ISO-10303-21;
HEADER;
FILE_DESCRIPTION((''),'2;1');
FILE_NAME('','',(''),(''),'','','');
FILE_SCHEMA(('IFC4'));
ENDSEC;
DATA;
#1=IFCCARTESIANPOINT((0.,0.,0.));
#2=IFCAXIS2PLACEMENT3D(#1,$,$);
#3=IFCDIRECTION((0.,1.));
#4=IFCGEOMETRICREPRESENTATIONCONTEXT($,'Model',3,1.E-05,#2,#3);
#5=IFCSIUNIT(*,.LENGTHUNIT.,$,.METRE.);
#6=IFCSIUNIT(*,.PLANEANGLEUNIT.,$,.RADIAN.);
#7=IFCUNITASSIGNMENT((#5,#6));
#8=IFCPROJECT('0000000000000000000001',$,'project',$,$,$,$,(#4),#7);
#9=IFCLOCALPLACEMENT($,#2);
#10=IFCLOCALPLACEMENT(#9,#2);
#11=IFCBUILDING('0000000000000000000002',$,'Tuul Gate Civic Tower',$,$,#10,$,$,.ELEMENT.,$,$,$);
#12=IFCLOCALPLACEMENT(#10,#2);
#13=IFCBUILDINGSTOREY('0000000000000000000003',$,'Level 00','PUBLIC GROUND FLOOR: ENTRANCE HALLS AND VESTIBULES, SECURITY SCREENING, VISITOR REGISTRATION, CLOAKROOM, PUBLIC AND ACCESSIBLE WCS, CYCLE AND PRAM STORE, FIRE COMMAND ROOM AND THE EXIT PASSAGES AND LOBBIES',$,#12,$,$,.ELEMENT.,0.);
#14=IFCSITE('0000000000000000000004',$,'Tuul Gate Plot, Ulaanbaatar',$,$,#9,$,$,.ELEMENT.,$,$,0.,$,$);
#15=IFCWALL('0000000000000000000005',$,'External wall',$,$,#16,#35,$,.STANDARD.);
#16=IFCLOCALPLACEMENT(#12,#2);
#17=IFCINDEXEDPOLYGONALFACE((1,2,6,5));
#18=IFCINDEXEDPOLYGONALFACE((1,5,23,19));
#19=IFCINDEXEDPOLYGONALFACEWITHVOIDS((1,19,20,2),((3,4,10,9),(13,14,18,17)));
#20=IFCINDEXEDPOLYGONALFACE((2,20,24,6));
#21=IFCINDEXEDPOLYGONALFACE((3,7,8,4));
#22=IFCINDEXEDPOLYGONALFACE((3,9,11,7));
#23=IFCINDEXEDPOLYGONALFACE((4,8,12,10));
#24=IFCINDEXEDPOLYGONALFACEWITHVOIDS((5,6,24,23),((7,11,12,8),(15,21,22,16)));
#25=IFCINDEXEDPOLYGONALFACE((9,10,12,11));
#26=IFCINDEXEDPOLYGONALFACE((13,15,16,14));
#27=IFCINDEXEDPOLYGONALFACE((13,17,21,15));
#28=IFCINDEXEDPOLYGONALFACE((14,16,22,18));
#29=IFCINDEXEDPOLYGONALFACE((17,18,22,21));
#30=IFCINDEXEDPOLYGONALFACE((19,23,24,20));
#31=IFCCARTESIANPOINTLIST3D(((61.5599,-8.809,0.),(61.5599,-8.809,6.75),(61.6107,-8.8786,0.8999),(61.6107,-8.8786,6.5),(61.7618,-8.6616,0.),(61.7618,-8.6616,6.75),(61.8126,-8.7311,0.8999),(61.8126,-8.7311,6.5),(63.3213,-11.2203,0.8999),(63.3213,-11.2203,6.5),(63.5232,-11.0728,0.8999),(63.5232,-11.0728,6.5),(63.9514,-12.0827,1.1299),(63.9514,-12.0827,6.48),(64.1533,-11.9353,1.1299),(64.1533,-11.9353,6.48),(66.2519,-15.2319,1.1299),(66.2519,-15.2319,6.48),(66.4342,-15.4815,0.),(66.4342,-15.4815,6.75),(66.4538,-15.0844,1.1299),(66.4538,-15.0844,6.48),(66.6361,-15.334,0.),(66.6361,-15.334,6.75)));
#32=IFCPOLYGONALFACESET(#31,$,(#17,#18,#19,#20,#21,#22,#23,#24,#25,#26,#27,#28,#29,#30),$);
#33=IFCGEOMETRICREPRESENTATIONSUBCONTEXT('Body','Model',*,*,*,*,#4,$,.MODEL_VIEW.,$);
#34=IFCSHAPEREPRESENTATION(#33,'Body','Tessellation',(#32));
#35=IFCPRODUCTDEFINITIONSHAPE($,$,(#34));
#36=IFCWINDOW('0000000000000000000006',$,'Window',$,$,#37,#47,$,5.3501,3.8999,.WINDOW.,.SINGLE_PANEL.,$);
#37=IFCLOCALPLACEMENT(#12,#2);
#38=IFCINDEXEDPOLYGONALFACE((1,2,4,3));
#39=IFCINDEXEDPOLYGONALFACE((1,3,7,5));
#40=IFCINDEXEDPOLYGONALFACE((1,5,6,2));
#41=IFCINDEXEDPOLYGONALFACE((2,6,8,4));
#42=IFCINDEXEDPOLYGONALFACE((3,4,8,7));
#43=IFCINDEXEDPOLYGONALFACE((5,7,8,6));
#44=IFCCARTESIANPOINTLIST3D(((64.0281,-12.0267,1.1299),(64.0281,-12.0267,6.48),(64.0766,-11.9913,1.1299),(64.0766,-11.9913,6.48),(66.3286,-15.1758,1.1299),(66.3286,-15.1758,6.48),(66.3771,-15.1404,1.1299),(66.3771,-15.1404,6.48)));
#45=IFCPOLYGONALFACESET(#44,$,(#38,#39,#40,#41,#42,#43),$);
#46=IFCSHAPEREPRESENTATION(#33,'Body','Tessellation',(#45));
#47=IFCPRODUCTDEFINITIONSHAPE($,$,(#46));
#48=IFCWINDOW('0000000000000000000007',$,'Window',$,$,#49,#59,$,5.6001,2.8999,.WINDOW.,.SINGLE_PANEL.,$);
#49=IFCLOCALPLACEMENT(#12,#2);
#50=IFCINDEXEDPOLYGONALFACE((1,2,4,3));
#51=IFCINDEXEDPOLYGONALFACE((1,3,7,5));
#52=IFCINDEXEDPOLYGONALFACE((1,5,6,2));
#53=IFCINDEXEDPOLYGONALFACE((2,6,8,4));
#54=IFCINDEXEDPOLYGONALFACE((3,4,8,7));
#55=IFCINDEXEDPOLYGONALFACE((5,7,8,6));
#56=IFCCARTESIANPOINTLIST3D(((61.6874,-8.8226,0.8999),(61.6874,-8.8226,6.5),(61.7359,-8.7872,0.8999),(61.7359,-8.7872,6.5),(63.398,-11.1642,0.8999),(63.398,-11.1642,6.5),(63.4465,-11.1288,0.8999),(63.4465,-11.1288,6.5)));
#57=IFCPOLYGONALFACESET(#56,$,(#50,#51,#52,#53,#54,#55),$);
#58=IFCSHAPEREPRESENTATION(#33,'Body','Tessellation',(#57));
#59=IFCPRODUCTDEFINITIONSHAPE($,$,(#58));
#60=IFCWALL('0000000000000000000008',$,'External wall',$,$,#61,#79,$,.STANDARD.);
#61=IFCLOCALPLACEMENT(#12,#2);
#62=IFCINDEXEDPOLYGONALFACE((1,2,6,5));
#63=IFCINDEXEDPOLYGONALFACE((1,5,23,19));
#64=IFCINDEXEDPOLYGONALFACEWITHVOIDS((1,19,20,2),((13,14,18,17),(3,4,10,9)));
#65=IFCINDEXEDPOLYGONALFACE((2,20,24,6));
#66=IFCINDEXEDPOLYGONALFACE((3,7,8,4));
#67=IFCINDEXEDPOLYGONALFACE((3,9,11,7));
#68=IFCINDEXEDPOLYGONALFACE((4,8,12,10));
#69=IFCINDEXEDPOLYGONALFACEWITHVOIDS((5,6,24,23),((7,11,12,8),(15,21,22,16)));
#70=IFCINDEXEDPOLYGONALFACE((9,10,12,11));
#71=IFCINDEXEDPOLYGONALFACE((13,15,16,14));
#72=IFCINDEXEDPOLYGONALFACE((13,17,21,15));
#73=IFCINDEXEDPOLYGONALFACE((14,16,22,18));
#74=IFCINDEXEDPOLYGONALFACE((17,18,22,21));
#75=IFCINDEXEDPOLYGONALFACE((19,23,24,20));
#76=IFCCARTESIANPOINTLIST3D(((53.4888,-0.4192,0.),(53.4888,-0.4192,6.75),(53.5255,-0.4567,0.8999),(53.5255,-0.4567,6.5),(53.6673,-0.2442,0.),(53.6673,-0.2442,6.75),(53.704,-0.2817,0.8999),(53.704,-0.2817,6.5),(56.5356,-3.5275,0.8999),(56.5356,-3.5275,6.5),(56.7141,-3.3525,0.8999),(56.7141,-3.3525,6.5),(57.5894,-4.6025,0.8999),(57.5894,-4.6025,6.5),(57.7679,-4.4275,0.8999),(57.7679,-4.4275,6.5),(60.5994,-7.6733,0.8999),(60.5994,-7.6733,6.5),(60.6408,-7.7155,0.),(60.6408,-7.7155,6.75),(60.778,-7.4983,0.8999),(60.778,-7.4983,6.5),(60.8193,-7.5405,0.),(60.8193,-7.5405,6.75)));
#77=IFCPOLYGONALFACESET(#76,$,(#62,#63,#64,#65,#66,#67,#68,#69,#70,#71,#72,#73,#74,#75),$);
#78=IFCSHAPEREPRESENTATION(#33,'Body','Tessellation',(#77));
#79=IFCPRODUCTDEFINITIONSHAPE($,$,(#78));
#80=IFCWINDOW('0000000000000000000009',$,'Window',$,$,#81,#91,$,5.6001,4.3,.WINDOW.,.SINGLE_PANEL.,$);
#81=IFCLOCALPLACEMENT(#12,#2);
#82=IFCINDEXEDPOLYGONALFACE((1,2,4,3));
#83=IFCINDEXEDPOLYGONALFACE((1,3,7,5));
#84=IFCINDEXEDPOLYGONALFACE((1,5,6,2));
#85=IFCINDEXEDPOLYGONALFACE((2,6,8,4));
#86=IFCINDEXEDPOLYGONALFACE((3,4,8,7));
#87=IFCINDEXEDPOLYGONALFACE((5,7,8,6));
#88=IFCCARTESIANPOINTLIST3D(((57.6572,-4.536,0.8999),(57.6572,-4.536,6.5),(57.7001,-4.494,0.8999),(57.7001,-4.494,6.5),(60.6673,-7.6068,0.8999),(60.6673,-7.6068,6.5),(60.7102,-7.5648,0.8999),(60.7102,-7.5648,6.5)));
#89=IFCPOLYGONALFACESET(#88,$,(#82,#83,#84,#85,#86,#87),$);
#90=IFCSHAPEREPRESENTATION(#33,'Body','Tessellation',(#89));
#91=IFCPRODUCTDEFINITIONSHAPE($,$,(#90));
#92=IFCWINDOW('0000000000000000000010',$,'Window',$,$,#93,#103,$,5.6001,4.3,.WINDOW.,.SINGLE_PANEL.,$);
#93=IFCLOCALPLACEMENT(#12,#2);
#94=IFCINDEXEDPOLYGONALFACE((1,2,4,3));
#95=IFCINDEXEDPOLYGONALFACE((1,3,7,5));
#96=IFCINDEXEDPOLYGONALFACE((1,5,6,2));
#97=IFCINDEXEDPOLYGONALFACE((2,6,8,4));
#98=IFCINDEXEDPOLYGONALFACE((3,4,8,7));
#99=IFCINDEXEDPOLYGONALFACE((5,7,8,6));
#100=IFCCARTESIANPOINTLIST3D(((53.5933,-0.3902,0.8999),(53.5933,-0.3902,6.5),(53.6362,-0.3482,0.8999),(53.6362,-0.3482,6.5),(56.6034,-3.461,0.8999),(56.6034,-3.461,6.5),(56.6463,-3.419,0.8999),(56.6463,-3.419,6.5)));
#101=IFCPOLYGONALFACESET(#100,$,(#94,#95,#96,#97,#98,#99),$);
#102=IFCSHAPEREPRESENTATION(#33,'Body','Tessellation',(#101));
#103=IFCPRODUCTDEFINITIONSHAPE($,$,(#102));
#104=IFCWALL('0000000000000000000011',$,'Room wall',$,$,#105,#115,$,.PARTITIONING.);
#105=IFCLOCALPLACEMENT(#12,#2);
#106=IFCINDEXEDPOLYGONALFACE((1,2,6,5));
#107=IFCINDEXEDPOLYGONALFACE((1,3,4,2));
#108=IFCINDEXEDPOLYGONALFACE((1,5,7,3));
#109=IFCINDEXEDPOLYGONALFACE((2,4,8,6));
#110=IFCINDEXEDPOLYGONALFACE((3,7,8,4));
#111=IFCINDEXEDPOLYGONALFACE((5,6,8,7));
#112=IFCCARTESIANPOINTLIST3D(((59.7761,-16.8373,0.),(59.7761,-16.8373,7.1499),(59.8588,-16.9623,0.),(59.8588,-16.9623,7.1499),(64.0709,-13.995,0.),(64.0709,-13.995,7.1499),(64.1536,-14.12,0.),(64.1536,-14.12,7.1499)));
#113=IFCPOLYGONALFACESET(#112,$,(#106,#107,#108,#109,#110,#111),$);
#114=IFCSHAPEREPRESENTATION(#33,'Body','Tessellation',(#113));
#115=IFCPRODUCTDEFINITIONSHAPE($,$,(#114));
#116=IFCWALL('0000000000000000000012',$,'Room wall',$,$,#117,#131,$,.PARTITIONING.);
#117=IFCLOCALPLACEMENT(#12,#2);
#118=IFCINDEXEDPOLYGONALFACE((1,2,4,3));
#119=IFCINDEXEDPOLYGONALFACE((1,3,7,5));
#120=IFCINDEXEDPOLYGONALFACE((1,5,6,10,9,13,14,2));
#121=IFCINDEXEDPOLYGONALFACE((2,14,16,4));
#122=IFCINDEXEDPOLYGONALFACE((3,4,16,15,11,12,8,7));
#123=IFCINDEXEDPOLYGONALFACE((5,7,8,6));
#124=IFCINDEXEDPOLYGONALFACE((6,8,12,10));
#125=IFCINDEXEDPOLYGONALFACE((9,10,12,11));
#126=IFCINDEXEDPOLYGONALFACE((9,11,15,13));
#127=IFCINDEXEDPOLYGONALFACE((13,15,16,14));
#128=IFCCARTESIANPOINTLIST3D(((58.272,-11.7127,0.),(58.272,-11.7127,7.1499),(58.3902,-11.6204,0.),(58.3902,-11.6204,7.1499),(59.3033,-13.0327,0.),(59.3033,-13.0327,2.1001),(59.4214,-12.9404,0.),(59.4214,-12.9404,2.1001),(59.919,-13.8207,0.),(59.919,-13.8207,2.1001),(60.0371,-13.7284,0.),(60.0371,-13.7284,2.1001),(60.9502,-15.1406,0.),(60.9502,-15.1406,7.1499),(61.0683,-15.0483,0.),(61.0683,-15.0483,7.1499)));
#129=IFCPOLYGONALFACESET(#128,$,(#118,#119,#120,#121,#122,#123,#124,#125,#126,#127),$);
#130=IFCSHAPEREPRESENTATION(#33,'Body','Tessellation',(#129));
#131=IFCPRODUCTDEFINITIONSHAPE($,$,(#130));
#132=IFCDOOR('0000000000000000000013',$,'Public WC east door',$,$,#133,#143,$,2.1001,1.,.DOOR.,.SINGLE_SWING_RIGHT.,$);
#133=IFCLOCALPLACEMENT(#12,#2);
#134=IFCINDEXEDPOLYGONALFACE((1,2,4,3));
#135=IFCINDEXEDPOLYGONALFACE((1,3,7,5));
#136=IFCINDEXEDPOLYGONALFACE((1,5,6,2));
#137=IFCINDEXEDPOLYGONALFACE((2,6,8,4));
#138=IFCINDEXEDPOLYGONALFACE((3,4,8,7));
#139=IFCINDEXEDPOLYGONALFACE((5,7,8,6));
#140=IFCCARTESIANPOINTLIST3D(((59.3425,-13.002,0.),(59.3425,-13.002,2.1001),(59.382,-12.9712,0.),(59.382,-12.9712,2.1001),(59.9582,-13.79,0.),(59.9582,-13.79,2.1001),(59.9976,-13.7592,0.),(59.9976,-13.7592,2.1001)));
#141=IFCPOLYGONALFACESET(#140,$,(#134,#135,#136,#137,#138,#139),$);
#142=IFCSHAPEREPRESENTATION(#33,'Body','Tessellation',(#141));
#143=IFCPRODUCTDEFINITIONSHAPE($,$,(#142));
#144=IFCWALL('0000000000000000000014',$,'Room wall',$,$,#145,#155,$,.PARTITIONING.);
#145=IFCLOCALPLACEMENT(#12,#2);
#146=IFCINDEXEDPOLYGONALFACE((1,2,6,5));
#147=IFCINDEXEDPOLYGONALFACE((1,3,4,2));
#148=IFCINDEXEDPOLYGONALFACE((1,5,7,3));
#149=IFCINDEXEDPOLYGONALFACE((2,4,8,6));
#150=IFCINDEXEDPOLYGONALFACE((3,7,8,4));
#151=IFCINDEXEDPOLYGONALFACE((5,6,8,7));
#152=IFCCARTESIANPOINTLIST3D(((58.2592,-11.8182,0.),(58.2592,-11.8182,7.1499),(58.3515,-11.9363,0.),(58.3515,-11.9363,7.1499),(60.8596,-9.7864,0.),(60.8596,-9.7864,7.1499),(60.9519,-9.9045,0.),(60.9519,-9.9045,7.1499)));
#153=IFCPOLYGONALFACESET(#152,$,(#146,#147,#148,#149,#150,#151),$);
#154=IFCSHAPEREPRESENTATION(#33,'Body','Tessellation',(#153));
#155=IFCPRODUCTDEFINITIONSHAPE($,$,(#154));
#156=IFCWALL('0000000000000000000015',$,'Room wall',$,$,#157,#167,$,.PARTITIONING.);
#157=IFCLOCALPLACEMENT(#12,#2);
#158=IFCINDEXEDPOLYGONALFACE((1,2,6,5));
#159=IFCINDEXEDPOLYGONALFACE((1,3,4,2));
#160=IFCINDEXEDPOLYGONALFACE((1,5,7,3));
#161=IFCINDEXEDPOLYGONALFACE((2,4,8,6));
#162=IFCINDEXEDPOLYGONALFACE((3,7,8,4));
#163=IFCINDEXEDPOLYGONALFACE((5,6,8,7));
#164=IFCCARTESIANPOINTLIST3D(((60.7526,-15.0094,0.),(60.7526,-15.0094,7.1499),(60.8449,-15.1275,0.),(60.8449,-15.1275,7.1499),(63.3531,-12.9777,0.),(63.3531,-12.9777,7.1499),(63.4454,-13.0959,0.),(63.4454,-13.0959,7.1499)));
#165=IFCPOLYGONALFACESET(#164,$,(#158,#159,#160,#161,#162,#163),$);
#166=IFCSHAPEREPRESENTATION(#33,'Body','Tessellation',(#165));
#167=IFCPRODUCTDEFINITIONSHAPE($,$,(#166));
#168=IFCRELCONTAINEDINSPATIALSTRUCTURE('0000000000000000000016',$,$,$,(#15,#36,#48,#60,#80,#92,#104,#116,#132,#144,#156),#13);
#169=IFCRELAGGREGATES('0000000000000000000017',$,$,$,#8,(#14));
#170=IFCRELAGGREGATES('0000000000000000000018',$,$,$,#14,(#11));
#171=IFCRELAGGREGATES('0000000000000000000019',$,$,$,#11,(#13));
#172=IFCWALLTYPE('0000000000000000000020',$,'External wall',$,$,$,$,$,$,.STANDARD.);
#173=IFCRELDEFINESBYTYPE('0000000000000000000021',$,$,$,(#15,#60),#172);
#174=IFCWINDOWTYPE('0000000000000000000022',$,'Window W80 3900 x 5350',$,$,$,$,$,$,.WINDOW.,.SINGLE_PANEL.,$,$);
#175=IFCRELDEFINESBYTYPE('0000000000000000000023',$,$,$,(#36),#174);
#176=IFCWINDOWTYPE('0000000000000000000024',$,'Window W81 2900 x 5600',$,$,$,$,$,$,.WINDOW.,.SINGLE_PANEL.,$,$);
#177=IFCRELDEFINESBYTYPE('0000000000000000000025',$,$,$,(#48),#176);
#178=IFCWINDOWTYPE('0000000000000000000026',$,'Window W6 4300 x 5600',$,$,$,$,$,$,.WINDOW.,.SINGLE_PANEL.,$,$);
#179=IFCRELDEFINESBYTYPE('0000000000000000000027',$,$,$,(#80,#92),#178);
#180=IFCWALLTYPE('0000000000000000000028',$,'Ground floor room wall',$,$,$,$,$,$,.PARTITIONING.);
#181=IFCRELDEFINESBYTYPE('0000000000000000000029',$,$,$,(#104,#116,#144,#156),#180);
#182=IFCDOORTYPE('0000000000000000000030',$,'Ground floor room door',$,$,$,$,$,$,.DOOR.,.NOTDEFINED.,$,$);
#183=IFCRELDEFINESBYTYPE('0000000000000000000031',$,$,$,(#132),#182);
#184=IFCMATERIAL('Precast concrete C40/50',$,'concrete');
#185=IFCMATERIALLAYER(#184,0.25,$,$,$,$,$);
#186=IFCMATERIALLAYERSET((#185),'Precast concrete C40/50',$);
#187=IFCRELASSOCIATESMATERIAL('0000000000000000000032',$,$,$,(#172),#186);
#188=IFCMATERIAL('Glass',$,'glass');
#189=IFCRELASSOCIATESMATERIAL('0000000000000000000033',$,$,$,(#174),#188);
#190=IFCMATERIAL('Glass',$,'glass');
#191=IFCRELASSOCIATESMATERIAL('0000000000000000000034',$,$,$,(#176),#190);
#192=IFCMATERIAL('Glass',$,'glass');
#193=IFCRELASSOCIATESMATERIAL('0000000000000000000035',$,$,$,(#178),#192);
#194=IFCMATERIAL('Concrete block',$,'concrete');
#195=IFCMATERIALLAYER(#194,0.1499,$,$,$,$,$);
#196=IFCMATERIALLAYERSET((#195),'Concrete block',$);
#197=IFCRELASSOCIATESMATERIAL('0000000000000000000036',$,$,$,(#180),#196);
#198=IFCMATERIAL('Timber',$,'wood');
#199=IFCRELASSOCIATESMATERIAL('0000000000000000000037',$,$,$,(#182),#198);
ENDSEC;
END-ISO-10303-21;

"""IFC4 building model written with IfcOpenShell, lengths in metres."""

from ifc_helpers import new_model, si_unit, direction, frame, frame_2d, origin, place, context, subcontext, project, spatial, rectangle, extrude, material, layer, layer_set, type_object, element, fill, save


model = new_model("IFC4")

# Units and contexts
model_context = context("Model", 3, precision=1e-05, world=origin(), true_north=direction((0.0, 1.0)))
body_context = subcontext(model_context, "Body", "Model", "MODEL_VIEW")
ifc_project = project(units=[si_unit("LENGTHUNIT", "METRE"), si_unit("PLANEANGLEUNIT", "RADIAN")], contexts=[model_context])

# Site, building, storey
site_placement = place(None, origin())
site = spatial("IfcSite", under=ifc_project, at=site_placement, Name="Tuul Gate Plot, Ulaanbaatar", CompositionType="ELEMENT", RefElevation=0.0)
building_placement = place(site_placement, origin())
building = spatial("IfcBuilding", under=site, at=building_placement, Name="Tuul Gate Civic Tower", CompositionType="ELEMENT")
storey_placement = place(building_placement, origin())
storey = spatial("IfcBuildingStorey", under=building, at=storey_placement, Name="Level 00", Description="PUBLIC GROUND FLOOR: ENTRANCE HALLS AND VESTIBULES, SECURITY SCREENING, VISITOR REGISTRATION, CLOAKROOM, PUBLIC AND ACCESSIBLE WCS, CYCLE AND PRAM STORE, FIRE COMMAND ROOM AND THE EXIT PASSAGES AND LOBBIES", CompositionType="ELEMENT", Elevation=0.0)

# Walls, openings, windows
ifc_material_1 = material(Name="Precast concrete C40/50", Category="concrete")
ifc_layer_1 = layer(ifc_material_1, 0.25)
ifc_layer_set_1 = layer_set([ifc_layer_1], Name="Precast concrete C40/50")
wall_type_1 = type_object("IfcWallType", Name="External wall", PredefinedType="STANDARD", material=ifc_layer_set_1)
wall_1_placement = place(storey_placement, frame((66.5352, -15.4077, 0.0), z_axis=(0.0, 0.0, 1.0), x_axis=(-0.589883, 0.807489, 0.0)))
wall_1 = element("IfcWall", 1, at=wall_1_placement, inside=storey, type_object=wall_type_1, Name="External wall", PredefinedType="STANDARD", context=body_context, shape_type="SweptSolid", body=[
    extrude(rectangle(XDim=8.2632, YDim=0.25, at=frame_2d((4.1316, 0.0))), origin(), (0.0, 0.0, 1.0), 6.75),
])
opening_1_placement = place(wall_1_placement, frame((0.3091, 0.0, 1.1299)))
opening_1 = element("IfcOpeningElement", 2, at=opening_1_placement, cuts=wall_1, PredefinedType="OPENING", context=body_context, shape_type="SweptSolid", body=[
    extrude(rectangle(XDim=3.8999, YDim=5.3501, at=frame_2d((1.95, 2.675))), frame((0.0, 0.135, 0.0), z_axis=(0.0, -1.0, 0.0), x_axis=(1.0, 0.0, 0.0)), (0.0, 0.0, 1.0), 0.27),
])
opening_2_placement = place(wall_1_placement, frame((5.2771, 0.0, 0.8999)))
opening_2 = element("IfcOpeningElement", 3, at=opening_2_placement, cuts=wall_1, PredefinedType="OPENING", context=body_context, shape_type="SweptSolid", body=[
    extrude(rectangle(XDim=2.8999, YDim=5.6001, at=frame_2d((1.45, 2.8))), frame((0.0, 0.135, 0.0), z_axis=(0.0, -1.0, 0.0), x_axis=(1.0, 0.0, 0.0)), (0.0, 0.0, 1.0), 0.27),
])
ifc_material_2 = material(Name="Glass", Category="glass")
window_type_1 = type_object("IfcWindowType", Name="Window W80 3900 x 5350", PartitioningType="SINGLE_PANEL", PredefinedType="WINDOW", material=ifc_material_2)
window_1_placement = place(opening_1_placement, origin())
window_1 = element("IfcWindow", 4, at=window_1_placement, inside=storey, type_object=window_type_1, Name="Window", OverallHeight=5.3501, OverallWidth=3.8999, PartitioningType="SINGLE_PANEL", PredefinedType="WINDOW", context=body_context, shape_type="SweptSolid", body=[
    extrude(rectangle(XDim=3.8999, YDim=5.3501, at=frame_2d((1.95, 2.675))), frame((0.0, 0.03, 0.0), z_axis=(0.0, -1.0, 0.0), x_axis=(1.0, 0.0, 0.0)), (0.0, 0.0, 1.0), 0.0601),
])
fill(opening_1, window_1)
ifc_material_3 = material(Name="Glass", Category="glass")
window_type_2 = type_object("IfcWindowType", Name="Window W81 2900 x 5600", PartitioningType="SINGLE_PANEL", PredefinedType="WINDOW", material=ifc_material_3)
window_2_placement = place(opening_2_placement, origin())
window_2 = element("IfcWindow", 5, at=window_2_placement, inside=storey, type_object=window_type_2, Name="Window", OverallHeight=5.6001, OverallWidth=2.8999, PartitioningType="SINGLE_PANEL", PredefinedType="WINDOW", context=body_context, shape_type="SweptSolid", body=[
    extrude(rectangle(XDim=2.8999, YDim=5.6001, at=frame_2d((1.45, 2.8))), frame((0.0, 0.03, 0.0), z_axis=(0.0, -1.0, 0.0), x_axis=(1.0, 0.0, 0.0)), (0.0, 0.0, 1.0), 0.0601),
])
fill(opening_2, window_2)
wall_2_placement = place(storey_placement, frame((60.73, -7.6279, 0.0), z_axis=(0.0, 0.0, 1.0), x_axis=(-0.70001, 0.714133, 0.0)))
wall_2 = element("IfcWall", 6, at=wall_2_placement, inside=storey, type_object=wall_type_1, Name="External wall", PredefinedType="STANDARD", context=body_context, shape_type="SweptSolid", body=[
    extrude(rectangle(XDim=10.217, YDim=0.25, at=frame_2d((5.1084, 0.0))), origin(), (0.0, 0.0, 1.0), 6.75),
])
opening_3_placement = place(wall_2_placement, frame((0.0591, 0.0, 0.8999)))
opening_3 = element("IfcOpeningElement", 7, at=opening_3_placement, cuts=wall_2, PredefinedType="OPENING", context=body_context, shape_type="SweptSolid", body=[
    extrude(rectangle(XDim=4.3, YDim=5.6001, at=frame_2d((2.1499, 2.8))), frame((0.0, 0.135, 0.0), z_axis=(0.0, -1.0, 0.0), x_axis=(1.0, 0.0, 0.0)), (0.0, 0.0, 1.0), 0.27),
])
opening_4_placement = place(wall_2_placement, frame((5.8645, 0.0, 0.8999)))
opening_4 = element("IfcOpeningElement", 8, at=opening_4_placement, cuts=wall_2, PredefinedType="OPENING", context=body_context, shape_type="SweptSolid", body=[
    extrude(rectangle(XDim=4.3, YDim=5.6001, at=frame_2d((2.1499, 2.8))), frame((0.0, 0.135, 0.0), z_axis=(0.0, -1.0, 0.0), x_axis=(1.0, 0.0, 0.0)), (0.0, 0.0, 1.0), 0.27),
])
ifc_material_4 = material(Name="Glass", Category="glass")
window_type_3 = type_object("IfcWindowType", Name="Window W6 4300 x 5600", PartitioningType="SINGLE_PANEL", PredefinedType="WINDOW", material=ifc_material_4)
window_3_placement = place(opening_3_placement, origin())
window_3 = element("IfcWindow", 9, at=window_3_placement, inside=storey, type_object=window_type_3, Name="Window", OverallHeight=5.6001, OverallWidth=4.3, PartitioningType="SINGLE_PANEL", PredefinedType="WINDOW", context=body_context, shape_type="SweptSolid", body=[
    extrude(rectangle(XDim=4.3, YDim=5.6001, at=frame_2d((2.1499, 2.8))), frame((0.0, 0.03, 0.0), z_axis=(0.0, -1.0, 0.0), x_axis=(1.0, 0.0, 0.0)), (0.0, 0.0, 1.0), 0.0601),
])
fill(opening_3, window_3)
window_4_placement = place(opening_4_placement, origin())
window_4 = element("IfcWindow", 10, at=window_4_placement, inside=storey, type_object=window_type_3, Name="Window", OverallHeight=5.6001, OverallWidth=4.3, PartitioningType="SINGLE_PANEL", PredefinedType="WINDOW", context=body_context, shape_type="SweptSolid", body=[
    extrude(rectangle(XDim=4.3, YDim=5.6001, at=frame_2d((2.1499, 2.8))), frame((0.0, 0.03, 0.0), z_axis=(0.0, -1.0, 0.0), x_axis=(1.0, 0.0, 0.0)), (0.0, 0.0, 1.0), 0.0601),
])
fill(opening_4, window_4)

# Wall
ifc_material_5 = material(Name="Concrete block", Category="concrete")
ifc_layer_2 = layer(ifc_material_5, 0.1499)
ifc_layer_set_2 = layer_set([ifc_layer_2], Name="Concrete block")
wall_type_2 = type_object("IfcWallType", Name="Ground floor room wall", PredefinedType="PARTITIONING", material=ifc_layer_set_2)
wall_3_placement = place(storey_placement, frame((59.8174, -16.8999, 0.0), z_axis=(0.0, 0.0, 1.0), x_axis=(0.833913, 0.551896, 0.0)))
element("IfcWall", 11, at=wall_3_placement, inside=storey, type_object=wall_type_2, Name="Room wall", PredefinedType="PARTITIONING", context=body_context, shape_type="SweptSolid", body=[
    extrude(rectangle(XDim=5.1501, YDim=0.1499, at=frame_2d((2.5752, 0.0))), origin(), (0.0, 0.0, 1.0), 7.1499),
])

# Wall, opening, door
wall_4_placement = place(storey_placement, frame((61.0093, -15.0945, 0.0), z_axis=(0.0, 0.0, 1.0), x_axis=(-0.61566, 0.788012, 0.0)))
wall_4 = element("IfcWall", 12, at=wall_4_placement, inside=storey, type_object=wall_type_2, Name="Room wall", PredefinedType="PARTITIONING", context=body_context, shape_type="SweptSolid", body=[
    extrude(rectangle(XDim=4.3501, YDim=0.1499, at=frame_2d((2.175, 0.0))), origin(), (0.0, 0.0, 1.0), 7.1499),
])
opening_5_placement = place(wall_4_placement, frame((1.675, 0.0, 0.0)))
opening_5 = element("IfcOpeningElement", 13, at=opening_5_placement, cuts=wall_4, PredefinedType="OPENING", context=body_context, shape_type="SweptSolid", body=[
    extrude(rectangle(XDim=1.0, YDim=2.1001, at=frame_2d((0.5, 1.05))), frame((0.0, 0.085, 0.0), z_axis=(0.0, -1.0, 0.0), x_axis=(1.0, 0.0, 0.0)), (0.0, 0.0, 1.0), 0.1699),
])
ifc_material_6 = material(Name="Timber", Category="wood")
door_type_1 = type_object("IfcDoorType", Name="Ground floor room door", OperationType="NOTDEFINED", PredefinedType="DOOR", material=ifc_material_6)
door_1_placement = place(opening_5_placement, frame((1.0, 0.0, 0.0), z_axis=(0.0, 0.0, 1.0), x_axis=(-1.0, 0.0, 0.0)))
door_1 = element("IfcDoor", 14, at=door_1_placement, inside=storey, type_object=door_type_1, Name="Public WC east door", OperationType="SINGLE_SWING_RIGHT", OverallHeight=2.1001, OverallWidth=1.0, PredefinedType="DOOR", context=body_context, shape_type="SweptSolid", body=[
    extrude(rectangle(XDim=1.0, YDim=2.1001, at=frame_2d((0.5, 1.05))), frame((0.0, 0.0249, 0.0), z_axis=(0.0, -1.0, 0.0), x_axis=(1.0, 0.0, 0.0)), (0.0, 0.0, 1.0), 0.05),
])
fill(opening_5, door_1)

# Walls
for number, where, z_axis, x_axis, name in (
    (15, (58.3054, -11.8772, 0.0), (0.0, 0.0, 1.0), (0.787992, 0.615686, 0.0), "Room wall"),
    (16, (63.3992, -13.0369, 0.0), (0.0, 0.0, 1.0), (-0.78802, -0.61565, 0.0), "Room wall"),
):
    element("IfcWall", number, at=place(storey_placement, frame(where, z_axis=z_axis, x_axis=x_axis)), inside=storey, type_object=wall_type_2, Name=name, PredefinedType="PARTITIONING", context=body_context, shape_type="SweptSolid", body=[
        extrude(rectangle(XDim=3.3, YDim=0.1499, at=frame_2d((1.6499, 0.0))), origin(), (0.0, 0.0, 1.0), 7.1499),
    ])

save(model, "model.ifc")
